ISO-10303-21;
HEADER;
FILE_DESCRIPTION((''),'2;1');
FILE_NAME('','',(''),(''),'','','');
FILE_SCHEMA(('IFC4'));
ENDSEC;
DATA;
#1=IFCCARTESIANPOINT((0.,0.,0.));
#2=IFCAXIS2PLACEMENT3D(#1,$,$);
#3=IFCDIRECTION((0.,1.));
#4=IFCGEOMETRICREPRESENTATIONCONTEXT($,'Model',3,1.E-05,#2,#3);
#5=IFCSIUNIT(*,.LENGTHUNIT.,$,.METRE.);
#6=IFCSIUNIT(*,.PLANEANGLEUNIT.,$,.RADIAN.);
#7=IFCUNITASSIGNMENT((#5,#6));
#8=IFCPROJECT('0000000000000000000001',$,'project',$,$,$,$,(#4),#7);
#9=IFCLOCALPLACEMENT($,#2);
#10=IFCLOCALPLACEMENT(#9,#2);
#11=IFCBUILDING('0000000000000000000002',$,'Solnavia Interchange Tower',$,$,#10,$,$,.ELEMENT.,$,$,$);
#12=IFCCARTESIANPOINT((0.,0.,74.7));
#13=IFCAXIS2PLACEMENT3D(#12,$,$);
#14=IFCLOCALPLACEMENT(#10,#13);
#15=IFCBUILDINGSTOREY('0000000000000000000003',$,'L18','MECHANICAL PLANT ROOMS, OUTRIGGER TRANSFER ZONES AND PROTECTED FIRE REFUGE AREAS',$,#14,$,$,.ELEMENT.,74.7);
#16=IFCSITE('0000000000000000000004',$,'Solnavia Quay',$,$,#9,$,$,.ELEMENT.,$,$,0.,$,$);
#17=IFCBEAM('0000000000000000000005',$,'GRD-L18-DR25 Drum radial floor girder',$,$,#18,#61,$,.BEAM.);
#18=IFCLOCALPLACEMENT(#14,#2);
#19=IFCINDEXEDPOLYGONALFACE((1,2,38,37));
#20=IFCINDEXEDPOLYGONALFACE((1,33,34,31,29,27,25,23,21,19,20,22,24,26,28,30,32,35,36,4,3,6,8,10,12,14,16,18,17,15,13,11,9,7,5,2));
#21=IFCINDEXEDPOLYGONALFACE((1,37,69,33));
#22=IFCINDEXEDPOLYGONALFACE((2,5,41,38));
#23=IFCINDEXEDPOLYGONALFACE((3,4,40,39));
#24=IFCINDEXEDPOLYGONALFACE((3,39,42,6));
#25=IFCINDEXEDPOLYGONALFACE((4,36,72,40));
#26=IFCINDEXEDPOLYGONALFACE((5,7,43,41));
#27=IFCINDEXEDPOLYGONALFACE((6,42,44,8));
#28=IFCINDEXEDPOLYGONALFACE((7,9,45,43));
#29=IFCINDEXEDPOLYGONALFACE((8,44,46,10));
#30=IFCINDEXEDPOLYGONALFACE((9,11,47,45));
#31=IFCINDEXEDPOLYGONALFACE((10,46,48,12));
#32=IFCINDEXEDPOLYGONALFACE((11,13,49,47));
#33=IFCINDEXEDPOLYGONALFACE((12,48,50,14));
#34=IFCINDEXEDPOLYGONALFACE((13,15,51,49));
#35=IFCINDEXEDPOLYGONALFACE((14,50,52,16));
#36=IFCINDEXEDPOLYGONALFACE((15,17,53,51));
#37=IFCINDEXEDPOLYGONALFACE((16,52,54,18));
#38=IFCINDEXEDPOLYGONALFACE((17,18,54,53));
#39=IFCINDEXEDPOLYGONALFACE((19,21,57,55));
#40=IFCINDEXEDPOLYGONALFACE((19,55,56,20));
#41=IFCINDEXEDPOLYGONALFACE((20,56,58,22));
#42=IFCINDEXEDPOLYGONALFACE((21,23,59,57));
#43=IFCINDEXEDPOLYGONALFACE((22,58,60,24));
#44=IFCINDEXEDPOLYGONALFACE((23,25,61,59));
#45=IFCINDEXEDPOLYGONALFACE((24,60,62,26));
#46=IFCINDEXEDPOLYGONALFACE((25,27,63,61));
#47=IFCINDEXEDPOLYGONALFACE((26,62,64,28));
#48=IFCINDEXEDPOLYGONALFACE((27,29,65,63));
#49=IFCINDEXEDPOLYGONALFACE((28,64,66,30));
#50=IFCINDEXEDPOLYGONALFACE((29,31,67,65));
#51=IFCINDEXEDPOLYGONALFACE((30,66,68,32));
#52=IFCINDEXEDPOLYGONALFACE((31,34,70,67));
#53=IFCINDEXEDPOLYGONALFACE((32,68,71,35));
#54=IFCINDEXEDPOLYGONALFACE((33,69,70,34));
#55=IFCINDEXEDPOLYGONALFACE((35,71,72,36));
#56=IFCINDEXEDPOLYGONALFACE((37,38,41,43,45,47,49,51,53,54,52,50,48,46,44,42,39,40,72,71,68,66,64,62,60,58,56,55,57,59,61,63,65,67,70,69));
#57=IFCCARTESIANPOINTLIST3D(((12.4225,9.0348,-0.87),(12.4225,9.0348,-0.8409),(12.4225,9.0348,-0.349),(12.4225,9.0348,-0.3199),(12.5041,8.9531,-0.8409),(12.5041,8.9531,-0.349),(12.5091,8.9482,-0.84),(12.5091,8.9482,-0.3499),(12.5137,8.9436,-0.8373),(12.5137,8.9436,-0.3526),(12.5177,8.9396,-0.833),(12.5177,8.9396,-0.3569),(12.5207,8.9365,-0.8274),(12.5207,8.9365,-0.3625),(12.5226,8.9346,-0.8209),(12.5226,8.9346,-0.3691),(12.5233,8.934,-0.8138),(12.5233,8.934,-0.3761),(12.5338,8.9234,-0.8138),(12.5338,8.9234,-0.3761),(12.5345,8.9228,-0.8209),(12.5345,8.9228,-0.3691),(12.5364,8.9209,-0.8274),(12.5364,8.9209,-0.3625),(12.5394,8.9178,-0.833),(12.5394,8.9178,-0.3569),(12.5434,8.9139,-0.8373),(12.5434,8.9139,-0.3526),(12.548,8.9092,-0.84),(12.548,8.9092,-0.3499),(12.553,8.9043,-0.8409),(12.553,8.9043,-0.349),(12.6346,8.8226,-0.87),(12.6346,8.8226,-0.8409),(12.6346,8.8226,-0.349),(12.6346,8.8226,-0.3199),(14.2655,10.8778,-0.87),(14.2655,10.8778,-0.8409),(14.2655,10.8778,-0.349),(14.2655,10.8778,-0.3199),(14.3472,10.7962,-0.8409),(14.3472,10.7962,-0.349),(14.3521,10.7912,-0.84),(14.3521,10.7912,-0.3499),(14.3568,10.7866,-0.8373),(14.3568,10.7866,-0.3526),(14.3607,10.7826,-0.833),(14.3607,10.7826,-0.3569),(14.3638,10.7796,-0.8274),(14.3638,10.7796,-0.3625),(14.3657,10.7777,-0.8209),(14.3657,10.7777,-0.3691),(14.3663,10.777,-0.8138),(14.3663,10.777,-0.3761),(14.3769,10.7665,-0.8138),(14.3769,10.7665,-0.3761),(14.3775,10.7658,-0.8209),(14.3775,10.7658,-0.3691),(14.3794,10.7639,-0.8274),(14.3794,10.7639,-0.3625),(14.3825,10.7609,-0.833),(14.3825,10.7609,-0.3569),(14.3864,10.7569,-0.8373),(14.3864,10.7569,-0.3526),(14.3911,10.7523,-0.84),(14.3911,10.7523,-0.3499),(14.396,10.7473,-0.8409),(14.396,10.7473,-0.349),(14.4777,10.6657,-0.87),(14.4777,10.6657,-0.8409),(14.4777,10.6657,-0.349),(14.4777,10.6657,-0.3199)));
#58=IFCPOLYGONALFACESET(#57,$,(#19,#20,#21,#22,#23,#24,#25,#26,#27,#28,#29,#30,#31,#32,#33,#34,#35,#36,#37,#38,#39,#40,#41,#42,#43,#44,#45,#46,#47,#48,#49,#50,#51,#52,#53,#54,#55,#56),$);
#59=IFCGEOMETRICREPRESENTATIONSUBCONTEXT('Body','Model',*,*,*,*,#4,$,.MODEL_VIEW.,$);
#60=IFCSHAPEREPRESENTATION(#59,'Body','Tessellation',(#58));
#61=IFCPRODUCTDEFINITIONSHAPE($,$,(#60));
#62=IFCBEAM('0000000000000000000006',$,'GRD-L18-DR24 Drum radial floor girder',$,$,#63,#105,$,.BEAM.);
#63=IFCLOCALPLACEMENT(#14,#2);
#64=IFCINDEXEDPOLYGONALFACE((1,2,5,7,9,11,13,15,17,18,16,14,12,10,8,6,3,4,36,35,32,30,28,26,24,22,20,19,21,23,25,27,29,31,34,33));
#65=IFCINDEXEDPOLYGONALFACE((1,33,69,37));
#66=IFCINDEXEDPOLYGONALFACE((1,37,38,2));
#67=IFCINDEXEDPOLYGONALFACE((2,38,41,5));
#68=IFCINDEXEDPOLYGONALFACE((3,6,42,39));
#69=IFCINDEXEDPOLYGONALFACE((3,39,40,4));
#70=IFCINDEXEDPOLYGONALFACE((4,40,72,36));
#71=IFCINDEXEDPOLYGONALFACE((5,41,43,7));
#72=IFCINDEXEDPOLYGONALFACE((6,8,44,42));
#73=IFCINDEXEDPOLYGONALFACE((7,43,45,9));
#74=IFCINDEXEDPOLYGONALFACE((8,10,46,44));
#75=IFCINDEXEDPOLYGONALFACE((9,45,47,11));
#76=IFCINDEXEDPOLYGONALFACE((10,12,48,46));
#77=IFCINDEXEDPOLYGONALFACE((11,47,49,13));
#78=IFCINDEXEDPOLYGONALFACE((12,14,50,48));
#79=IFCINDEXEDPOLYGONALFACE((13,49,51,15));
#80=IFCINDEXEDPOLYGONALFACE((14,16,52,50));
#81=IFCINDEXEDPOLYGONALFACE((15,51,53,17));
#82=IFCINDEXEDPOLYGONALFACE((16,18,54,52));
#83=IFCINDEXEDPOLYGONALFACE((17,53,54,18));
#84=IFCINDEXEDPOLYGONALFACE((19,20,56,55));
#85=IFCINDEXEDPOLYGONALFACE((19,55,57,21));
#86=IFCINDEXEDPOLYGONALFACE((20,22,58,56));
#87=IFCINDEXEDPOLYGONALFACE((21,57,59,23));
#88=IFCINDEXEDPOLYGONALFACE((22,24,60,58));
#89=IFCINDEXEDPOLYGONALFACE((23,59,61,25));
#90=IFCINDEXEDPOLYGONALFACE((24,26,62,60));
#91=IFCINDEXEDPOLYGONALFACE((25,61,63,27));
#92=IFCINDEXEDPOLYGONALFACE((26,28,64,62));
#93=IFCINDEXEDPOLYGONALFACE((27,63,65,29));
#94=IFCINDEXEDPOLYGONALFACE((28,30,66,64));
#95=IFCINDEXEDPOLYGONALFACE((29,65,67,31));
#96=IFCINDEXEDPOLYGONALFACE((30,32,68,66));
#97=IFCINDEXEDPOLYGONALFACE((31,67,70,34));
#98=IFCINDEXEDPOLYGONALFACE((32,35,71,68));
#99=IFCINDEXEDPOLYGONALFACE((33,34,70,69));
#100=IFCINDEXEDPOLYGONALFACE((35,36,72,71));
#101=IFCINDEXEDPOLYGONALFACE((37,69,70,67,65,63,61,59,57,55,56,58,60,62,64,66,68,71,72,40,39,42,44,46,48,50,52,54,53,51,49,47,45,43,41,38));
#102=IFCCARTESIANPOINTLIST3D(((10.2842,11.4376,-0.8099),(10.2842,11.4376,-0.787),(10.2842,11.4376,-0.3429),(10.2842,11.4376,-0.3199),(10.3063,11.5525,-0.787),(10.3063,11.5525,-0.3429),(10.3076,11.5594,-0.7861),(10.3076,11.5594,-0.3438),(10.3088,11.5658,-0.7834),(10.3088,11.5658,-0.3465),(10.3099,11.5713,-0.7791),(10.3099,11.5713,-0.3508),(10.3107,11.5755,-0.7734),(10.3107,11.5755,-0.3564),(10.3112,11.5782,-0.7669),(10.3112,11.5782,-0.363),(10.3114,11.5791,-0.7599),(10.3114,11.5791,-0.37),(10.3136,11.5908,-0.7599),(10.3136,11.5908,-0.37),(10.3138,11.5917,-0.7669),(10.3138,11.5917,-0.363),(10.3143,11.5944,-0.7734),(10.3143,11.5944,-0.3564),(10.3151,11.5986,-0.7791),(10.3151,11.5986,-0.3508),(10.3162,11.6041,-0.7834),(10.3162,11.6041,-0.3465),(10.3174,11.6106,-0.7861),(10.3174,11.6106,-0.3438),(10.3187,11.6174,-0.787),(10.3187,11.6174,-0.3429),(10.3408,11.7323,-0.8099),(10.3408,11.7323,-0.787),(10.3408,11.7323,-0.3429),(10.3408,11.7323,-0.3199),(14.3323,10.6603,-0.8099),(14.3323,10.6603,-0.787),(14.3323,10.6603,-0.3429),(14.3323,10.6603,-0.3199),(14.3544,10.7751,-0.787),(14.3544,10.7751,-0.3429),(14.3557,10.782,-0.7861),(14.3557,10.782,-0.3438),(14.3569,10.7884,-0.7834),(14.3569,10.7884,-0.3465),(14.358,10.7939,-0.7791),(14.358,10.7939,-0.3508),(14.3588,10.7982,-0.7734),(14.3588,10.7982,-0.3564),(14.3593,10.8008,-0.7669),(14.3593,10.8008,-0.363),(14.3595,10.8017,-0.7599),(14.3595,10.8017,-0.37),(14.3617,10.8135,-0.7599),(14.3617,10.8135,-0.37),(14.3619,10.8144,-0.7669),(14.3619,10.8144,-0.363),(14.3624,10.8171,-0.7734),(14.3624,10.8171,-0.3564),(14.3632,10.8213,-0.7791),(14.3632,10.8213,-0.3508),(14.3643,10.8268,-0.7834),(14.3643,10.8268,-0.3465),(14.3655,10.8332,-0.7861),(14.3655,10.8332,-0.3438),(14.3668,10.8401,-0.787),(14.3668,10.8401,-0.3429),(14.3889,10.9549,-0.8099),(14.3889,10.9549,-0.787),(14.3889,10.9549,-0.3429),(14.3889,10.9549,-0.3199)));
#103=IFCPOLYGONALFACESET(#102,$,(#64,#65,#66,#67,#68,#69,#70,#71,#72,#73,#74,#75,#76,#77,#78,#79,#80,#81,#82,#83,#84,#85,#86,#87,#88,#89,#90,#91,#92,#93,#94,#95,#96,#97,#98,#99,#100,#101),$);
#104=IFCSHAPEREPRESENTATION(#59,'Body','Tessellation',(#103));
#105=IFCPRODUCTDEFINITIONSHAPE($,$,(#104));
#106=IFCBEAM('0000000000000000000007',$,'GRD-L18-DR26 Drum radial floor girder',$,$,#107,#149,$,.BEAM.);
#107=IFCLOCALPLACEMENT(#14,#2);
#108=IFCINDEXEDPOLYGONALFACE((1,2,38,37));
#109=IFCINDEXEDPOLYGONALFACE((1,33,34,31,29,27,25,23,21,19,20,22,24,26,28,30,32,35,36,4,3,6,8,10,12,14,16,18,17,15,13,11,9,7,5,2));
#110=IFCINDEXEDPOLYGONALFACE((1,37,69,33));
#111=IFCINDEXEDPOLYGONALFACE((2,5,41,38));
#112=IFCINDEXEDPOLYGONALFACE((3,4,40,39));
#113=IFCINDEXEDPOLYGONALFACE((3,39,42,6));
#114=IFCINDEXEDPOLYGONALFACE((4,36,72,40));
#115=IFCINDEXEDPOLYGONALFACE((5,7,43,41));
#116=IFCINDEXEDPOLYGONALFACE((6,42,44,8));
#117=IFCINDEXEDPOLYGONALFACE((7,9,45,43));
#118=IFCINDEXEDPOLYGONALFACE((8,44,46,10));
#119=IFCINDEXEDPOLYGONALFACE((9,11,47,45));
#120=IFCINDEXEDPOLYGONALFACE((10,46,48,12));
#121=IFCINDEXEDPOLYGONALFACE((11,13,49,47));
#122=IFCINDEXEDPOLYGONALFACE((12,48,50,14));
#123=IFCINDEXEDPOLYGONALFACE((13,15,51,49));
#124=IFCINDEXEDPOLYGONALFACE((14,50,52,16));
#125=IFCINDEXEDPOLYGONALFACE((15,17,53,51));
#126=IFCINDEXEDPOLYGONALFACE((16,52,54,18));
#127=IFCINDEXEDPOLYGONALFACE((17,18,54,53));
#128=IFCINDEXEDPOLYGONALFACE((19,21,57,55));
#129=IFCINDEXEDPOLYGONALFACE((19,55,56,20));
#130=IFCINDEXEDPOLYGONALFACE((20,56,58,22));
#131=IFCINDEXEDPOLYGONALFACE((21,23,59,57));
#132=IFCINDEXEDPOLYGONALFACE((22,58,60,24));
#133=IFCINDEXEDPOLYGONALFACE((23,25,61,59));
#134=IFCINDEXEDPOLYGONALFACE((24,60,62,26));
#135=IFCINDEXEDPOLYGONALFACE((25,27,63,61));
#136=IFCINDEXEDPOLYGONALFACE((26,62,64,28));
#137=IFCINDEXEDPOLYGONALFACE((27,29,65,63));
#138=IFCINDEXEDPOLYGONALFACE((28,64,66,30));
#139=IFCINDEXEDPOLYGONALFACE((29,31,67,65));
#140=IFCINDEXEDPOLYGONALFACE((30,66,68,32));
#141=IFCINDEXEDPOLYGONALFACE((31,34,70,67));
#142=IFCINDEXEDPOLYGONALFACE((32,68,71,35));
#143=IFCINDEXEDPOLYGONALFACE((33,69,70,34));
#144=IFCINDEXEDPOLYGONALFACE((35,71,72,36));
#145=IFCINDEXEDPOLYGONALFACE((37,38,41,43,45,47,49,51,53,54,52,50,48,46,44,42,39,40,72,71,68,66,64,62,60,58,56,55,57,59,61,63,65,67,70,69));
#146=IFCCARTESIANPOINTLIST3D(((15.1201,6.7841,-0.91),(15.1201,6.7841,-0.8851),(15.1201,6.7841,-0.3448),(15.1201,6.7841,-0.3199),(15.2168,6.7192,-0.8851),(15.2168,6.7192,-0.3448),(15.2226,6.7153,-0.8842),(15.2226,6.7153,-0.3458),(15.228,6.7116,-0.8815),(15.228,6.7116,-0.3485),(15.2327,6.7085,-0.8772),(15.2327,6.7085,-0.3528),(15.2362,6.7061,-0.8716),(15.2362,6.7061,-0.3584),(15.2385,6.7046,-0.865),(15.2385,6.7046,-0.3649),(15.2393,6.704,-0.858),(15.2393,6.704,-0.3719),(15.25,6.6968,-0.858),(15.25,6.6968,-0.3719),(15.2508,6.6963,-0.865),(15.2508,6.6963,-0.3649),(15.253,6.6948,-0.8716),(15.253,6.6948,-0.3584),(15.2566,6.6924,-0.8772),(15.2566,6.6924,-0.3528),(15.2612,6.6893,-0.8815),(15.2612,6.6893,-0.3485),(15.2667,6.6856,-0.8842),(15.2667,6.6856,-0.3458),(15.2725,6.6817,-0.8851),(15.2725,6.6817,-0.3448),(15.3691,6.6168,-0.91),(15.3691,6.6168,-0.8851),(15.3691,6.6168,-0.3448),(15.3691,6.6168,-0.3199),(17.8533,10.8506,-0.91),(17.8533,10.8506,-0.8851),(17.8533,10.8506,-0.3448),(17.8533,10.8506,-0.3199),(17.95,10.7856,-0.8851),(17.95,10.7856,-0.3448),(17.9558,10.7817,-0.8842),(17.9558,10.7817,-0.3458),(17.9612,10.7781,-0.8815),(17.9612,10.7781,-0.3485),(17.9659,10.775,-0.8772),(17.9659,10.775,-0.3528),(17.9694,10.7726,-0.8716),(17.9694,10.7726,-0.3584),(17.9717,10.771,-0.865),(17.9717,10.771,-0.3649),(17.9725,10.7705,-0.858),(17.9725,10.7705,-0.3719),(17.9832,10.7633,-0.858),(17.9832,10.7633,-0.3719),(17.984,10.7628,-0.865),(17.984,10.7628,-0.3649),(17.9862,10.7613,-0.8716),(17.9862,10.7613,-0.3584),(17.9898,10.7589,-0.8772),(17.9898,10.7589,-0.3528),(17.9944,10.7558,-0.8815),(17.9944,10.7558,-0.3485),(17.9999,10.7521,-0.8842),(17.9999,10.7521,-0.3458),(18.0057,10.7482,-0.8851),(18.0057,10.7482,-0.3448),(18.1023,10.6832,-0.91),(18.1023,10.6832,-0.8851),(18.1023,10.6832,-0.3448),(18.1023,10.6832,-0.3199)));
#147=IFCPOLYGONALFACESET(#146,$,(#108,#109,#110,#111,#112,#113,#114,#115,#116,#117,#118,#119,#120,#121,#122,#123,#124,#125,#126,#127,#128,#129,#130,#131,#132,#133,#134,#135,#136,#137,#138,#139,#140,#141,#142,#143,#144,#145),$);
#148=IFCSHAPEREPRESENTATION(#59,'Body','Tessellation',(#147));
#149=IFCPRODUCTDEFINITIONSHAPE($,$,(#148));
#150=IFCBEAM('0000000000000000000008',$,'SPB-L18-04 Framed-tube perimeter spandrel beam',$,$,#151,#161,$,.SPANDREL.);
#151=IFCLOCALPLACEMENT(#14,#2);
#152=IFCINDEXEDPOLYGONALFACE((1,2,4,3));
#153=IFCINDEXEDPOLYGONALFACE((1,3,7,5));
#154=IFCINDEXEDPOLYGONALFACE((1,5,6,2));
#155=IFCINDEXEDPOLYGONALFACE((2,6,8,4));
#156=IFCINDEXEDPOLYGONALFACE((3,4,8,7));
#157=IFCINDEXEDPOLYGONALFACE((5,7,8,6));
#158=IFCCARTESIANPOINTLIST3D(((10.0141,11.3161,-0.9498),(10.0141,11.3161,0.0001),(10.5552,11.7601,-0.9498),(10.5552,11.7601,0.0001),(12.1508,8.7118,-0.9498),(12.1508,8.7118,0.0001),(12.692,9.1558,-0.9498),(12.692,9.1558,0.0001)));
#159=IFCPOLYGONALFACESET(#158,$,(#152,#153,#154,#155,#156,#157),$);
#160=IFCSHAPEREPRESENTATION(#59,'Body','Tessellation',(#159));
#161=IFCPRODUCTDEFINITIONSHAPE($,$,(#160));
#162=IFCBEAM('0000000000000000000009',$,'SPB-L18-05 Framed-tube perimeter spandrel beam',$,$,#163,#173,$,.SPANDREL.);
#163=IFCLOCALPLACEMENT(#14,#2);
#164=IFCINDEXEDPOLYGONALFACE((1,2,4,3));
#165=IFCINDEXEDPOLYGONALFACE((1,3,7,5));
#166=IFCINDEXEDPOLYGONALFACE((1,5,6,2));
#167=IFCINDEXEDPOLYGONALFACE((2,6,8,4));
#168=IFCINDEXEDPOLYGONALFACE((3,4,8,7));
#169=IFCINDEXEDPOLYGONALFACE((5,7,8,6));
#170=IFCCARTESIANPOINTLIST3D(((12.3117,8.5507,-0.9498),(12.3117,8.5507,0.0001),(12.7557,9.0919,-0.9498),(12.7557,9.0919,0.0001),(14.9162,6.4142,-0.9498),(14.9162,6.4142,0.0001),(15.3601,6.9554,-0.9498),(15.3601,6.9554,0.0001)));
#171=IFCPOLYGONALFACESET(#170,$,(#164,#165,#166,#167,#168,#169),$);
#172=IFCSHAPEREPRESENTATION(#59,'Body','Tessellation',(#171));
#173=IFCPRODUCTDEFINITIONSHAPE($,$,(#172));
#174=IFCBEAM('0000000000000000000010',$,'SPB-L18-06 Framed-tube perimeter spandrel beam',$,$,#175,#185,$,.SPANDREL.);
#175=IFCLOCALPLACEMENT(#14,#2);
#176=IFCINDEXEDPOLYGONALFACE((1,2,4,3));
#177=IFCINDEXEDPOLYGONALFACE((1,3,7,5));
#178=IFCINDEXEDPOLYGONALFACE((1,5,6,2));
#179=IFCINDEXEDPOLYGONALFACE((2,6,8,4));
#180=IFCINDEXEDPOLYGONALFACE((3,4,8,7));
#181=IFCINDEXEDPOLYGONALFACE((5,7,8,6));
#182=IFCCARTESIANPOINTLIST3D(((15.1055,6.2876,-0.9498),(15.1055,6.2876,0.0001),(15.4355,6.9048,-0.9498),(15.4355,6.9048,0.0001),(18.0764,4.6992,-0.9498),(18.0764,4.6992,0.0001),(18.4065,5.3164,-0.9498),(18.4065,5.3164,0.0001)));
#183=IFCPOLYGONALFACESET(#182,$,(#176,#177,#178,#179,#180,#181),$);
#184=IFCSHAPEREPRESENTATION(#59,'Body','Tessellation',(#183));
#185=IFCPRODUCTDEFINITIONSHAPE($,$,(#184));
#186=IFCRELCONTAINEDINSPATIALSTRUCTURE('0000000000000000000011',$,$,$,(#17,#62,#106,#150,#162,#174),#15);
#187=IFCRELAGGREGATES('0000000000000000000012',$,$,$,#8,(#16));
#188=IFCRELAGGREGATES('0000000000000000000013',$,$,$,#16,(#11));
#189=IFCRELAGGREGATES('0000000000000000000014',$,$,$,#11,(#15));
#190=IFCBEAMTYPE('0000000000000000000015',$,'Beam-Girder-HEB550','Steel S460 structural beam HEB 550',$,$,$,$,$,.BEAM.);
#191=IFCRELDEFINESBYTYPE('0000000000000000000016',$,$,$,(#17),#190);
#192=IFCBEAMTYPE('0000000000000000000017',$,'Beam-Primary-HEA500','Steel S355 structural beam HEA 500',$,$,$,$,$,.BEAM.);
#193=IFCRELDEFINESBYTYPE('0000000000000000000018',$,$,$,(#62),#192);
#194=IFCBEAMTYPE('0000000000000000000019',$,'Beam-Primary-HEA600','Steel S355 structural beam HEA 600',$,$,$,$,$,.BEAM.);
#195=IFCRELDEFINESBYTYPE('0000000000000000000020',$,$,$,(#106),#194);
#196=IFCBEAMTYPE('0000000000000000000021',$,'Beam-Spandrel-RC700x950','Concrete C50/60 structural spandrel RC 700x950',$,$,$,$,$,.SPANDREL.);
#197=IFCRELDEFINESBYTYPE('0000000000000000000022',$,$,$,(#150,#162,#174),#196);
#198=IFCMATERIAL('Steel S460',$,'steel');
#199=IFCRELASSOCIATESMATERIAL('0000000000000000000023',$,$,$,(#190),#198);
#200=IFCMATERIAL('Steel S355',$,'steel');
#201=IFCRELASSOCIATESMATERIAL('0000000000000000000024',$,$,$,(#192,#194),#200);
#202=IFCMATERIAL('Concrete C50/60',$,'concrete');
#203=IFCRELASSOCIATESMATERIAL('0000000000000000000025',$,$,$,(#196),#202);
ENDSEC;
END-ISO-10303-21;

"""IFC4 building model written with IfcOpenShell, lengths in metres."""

from ifc_helpers import new_model, si_unit, direction, frame, origin, origin_2d, place, context, subcontext, project, spatial, rectangle, i_section, extrude, material, material_profile, profile_set, type_object, element, save


model = new_model("IFC4")

# Units and contexts
model_context = context("Model", 3, precision=1e-05, world=origin(), true_north=direction((0.0, 1.0)))
body_context = subcontext(model_context, "Body", "Model", "MODEL_VIEW")
ifc_project = project(units=[si_unit("LENGTHUNIT", "METRE"), si_unit("PLANEANGLEUNIT", "RADIAN")], contexts=[model_context])

# Site, building, storey
site_placement = place(None, origin())
site = spatial("IfcSite", under=ifc_project, at=site_placement, Name="Solnavia Quay", CompositionType="ELEMENT", RefElevation=0.0)
building_placement = place(site_placement, origin())
building = spatial("IfcBuilding", under=site, at=building_placement, Name="Solnavia Interchange Tower", CompositionType="ELEMENT")
storey_placement = place(building_placement, frame((0.0, 0.0, 74.7)))
storey = spatial("IfcBuildingStorey", under=building, at=storey_placement, Name="L18", Description="MECHANICAL PLANT ROOMS, OUTRIGGER TRANSFER ZONES AND PROTECTED FIRE REFUGE AREAS", CompositionType="ELEMENT", Elevation=74.7)

# Shared definitions
ifc_material_1 = material(Name="Steel S355", Category="steel")

# Beams
ifc_material_2 = material(Name="Steel S460", Category="steel")
ifc_material_profile_1 = material_profile(ifc_material_2, i_section(OverallWidth=0.3, OverallDepth=0.55, WebThickness=0.0149, FlangeThickness=0.0291, FilletRadius=0.0271, at=origin_2d()), Name="HEB 550")
ifc_profile_set_1 = profile_set([ifc_material_profile_1], Name="Steel S460")
beam_type_1 = type_object("IfcBeamType", Name="Beam-Girder-HEB550", Description="Steel S460 structural beam HEB 550", PredefinedType="BEAM", material=ifc_profile_set_1)
beam_1_placement = place(storey_placement, frame((12.5286, 8.9287, -0.595), z_axis=(0.707107, 0.707107, 0.0), x_axis=(-0.707107, 0.707107, 0.0)))
element("IfcBeam", 1, at=beam_1_placement, inside=storey, type_object=beam_type_1, Name="GRD-L18-DR25 Drum radial floor girder", PredefinedType="BEAM", context=body_context, shape_type="SweptSolid", body=[
    extrude(i_section(OverallWidth=0.3, OverallDepth=0.55, WebThickness=0.0149, FlangeThickness=0.0291, FilletRadius=0.0271, at=origin_2d()), origin(), (0.0, 0.0, 1.0), 2.6064),
])
ifc_material_profile_2 = material_profile(ifc_material_1, i_section(OverallWidth=0.3, OverallDepth=0.49, WebThickness=0.012, FlangeThickness=0.0229, FilletRadius=0.0271, at=origin_2d()), Name="HEA 500")
ifc_profile_set_2 = profile_set([ifc_material_profile_2], Name="Steel S355")
beam_type_2 = type_object("IfcBeamType", Name="Beam-Primary-HEA500", Description="Steel S355 structural beam HEA 500", PredefinedType="BEAM", material=ifc_profile_set_2)
beam_2_placement = place(storey_placement, frame((10.3125, 11.585, -0.5649), z_axis=(0.982058, -0.188582, 0.0), x_axis=(0.188582, 0.982058, 0.0)))
element("IfcBeam", 2, at=beam_2_placement, inside=storey, type_object=beam_type_2, Name="GRD-L18-DR24 Drum radial floor girder", PredefinedType="BEAM", context=body_context, shape_type="SweptSolid", body=[
    extrude(i_section(OverallWidth=0.3, OverallDepth=0.49, WebThickness=0.012, FlangeThickness=0.0229, FilletRadius=0.0271, at=origin_2d()), origin(), (0.0, 0.0, 1.0), 4.1221),
])
ifc_material_profile_3 = material_profile(ifc_material_1, i_section(OverallWidth=0.3, OverallDepth=0.5901, WebThickness=0.0129, FlangeThickness=0.0249, FilletRadius=0.0271, at=origin_2d()), Name="HEA 600")
ifc_profile_set_3 = profile_set([ifc_material_profile_3], Name="Steel S355")
beam_type_3 = type_object("IfcBeamType", Name="Beam-Primary-HEA600", Description="Steel S355 structural beam HEA 600", PredefinedType="BEAM", material=ifc_profile_set_3)
beam_3_placement = place(storey_placement, frame((15.2446, 6.7004, -0.615), z_axis=(0.557835, 0.829952, 0.0), x_axis=(-0.829952, 0.557835, 0.0)))
element("IfcBeam", 3, at=beam_3_placement, inside=storey, type_object=beam_type_3, Name="GRD-L18-DR26 Drum radial floor girder", PredefinedType="BEAM", context=body_context, shape_type="SweptSolid", body=[
    extrude(i_section(OverallWidth=0.3, OverallDepth=0.5901, WebThickness=0.0129, FlangeThickness=0.0249, FilletRadius=0.0271, at=origin_2d()), origin(), (0.0, 0.0, 1.0), 4.8997),
])
ifc_material_3 = material(Name="Concrete C50/60", Category="concrete")
ifc_material_profile_4 = material_profile(ifc_material_3, rectangle(XDim=0.7, YDim=0.95, at=origin_2d()), Name="RC 700x950")
ifc_profile_set_4 = profile_set([ifc_material_profile_4], Name="Concrete C50/60")
beam_type_4 = type_object("IfcBeamType", Name="Beam-Spandrel-RC700x950", Description="Concrete C50/60 structural spandrel RC 700x950", PredefinedType="SPANDREL", material=ifc_profile_set_4)
for number, where, z_axis, x_axis, name in (
    (4, (10.2847, 11.5381, -0.4749), (0.634299, -0.773088, 0.0), (0.773088, 0.634299, 0.0), "SPB-L18-04 Framed-tube perimeter spandrel beam"),
    (5, (12.5337, 8.8213, -0.4749), (0.773153, -0.63422, 0.0), (0.63422, 0.773153, 0.0), "SPB-L18-05 Framed-tube perimeter spandrel beam"),
):
    element("IfcBeam", number, at=place(storey_placement, frame(where, z_axis=z_axis, x_axis=x_axis)), inside=storey, type_object=beam_type_4, Name=name, PredefinedType="SPANDREL", context=body_context, shape_type="SweptSolid", body=[
        extrude(rectangle(XDim=0.7, YDim=0.95, at=origin_2d()), origin(), (0.0, 0.0, 1.0), 3.3687),
    ])
beam_4_placement = place(storey_placement, frame((15.2705, 6.5962, -0.4749), z_axis=(0.881875, -0.471483, 0.0), x_axis=(0.471483, 0.881875, 0.0)))
element("IfcBeam", 6, at=beam_4_placement, inside=storey, type_object=beam_type_4, Name="SPB-L18-06 Framed-tube perimeter spandrel beam", PredefinedType="SPANDREL", context=body_context, shape_type="SweptSolid", body=[
    extrude(rectangle(XDim=0.7, YDim=0.95, at=origin_2d()), origin(), (0.0, 0.0, 1.0), 3.3689),
])

save(model, "model.ifc")
